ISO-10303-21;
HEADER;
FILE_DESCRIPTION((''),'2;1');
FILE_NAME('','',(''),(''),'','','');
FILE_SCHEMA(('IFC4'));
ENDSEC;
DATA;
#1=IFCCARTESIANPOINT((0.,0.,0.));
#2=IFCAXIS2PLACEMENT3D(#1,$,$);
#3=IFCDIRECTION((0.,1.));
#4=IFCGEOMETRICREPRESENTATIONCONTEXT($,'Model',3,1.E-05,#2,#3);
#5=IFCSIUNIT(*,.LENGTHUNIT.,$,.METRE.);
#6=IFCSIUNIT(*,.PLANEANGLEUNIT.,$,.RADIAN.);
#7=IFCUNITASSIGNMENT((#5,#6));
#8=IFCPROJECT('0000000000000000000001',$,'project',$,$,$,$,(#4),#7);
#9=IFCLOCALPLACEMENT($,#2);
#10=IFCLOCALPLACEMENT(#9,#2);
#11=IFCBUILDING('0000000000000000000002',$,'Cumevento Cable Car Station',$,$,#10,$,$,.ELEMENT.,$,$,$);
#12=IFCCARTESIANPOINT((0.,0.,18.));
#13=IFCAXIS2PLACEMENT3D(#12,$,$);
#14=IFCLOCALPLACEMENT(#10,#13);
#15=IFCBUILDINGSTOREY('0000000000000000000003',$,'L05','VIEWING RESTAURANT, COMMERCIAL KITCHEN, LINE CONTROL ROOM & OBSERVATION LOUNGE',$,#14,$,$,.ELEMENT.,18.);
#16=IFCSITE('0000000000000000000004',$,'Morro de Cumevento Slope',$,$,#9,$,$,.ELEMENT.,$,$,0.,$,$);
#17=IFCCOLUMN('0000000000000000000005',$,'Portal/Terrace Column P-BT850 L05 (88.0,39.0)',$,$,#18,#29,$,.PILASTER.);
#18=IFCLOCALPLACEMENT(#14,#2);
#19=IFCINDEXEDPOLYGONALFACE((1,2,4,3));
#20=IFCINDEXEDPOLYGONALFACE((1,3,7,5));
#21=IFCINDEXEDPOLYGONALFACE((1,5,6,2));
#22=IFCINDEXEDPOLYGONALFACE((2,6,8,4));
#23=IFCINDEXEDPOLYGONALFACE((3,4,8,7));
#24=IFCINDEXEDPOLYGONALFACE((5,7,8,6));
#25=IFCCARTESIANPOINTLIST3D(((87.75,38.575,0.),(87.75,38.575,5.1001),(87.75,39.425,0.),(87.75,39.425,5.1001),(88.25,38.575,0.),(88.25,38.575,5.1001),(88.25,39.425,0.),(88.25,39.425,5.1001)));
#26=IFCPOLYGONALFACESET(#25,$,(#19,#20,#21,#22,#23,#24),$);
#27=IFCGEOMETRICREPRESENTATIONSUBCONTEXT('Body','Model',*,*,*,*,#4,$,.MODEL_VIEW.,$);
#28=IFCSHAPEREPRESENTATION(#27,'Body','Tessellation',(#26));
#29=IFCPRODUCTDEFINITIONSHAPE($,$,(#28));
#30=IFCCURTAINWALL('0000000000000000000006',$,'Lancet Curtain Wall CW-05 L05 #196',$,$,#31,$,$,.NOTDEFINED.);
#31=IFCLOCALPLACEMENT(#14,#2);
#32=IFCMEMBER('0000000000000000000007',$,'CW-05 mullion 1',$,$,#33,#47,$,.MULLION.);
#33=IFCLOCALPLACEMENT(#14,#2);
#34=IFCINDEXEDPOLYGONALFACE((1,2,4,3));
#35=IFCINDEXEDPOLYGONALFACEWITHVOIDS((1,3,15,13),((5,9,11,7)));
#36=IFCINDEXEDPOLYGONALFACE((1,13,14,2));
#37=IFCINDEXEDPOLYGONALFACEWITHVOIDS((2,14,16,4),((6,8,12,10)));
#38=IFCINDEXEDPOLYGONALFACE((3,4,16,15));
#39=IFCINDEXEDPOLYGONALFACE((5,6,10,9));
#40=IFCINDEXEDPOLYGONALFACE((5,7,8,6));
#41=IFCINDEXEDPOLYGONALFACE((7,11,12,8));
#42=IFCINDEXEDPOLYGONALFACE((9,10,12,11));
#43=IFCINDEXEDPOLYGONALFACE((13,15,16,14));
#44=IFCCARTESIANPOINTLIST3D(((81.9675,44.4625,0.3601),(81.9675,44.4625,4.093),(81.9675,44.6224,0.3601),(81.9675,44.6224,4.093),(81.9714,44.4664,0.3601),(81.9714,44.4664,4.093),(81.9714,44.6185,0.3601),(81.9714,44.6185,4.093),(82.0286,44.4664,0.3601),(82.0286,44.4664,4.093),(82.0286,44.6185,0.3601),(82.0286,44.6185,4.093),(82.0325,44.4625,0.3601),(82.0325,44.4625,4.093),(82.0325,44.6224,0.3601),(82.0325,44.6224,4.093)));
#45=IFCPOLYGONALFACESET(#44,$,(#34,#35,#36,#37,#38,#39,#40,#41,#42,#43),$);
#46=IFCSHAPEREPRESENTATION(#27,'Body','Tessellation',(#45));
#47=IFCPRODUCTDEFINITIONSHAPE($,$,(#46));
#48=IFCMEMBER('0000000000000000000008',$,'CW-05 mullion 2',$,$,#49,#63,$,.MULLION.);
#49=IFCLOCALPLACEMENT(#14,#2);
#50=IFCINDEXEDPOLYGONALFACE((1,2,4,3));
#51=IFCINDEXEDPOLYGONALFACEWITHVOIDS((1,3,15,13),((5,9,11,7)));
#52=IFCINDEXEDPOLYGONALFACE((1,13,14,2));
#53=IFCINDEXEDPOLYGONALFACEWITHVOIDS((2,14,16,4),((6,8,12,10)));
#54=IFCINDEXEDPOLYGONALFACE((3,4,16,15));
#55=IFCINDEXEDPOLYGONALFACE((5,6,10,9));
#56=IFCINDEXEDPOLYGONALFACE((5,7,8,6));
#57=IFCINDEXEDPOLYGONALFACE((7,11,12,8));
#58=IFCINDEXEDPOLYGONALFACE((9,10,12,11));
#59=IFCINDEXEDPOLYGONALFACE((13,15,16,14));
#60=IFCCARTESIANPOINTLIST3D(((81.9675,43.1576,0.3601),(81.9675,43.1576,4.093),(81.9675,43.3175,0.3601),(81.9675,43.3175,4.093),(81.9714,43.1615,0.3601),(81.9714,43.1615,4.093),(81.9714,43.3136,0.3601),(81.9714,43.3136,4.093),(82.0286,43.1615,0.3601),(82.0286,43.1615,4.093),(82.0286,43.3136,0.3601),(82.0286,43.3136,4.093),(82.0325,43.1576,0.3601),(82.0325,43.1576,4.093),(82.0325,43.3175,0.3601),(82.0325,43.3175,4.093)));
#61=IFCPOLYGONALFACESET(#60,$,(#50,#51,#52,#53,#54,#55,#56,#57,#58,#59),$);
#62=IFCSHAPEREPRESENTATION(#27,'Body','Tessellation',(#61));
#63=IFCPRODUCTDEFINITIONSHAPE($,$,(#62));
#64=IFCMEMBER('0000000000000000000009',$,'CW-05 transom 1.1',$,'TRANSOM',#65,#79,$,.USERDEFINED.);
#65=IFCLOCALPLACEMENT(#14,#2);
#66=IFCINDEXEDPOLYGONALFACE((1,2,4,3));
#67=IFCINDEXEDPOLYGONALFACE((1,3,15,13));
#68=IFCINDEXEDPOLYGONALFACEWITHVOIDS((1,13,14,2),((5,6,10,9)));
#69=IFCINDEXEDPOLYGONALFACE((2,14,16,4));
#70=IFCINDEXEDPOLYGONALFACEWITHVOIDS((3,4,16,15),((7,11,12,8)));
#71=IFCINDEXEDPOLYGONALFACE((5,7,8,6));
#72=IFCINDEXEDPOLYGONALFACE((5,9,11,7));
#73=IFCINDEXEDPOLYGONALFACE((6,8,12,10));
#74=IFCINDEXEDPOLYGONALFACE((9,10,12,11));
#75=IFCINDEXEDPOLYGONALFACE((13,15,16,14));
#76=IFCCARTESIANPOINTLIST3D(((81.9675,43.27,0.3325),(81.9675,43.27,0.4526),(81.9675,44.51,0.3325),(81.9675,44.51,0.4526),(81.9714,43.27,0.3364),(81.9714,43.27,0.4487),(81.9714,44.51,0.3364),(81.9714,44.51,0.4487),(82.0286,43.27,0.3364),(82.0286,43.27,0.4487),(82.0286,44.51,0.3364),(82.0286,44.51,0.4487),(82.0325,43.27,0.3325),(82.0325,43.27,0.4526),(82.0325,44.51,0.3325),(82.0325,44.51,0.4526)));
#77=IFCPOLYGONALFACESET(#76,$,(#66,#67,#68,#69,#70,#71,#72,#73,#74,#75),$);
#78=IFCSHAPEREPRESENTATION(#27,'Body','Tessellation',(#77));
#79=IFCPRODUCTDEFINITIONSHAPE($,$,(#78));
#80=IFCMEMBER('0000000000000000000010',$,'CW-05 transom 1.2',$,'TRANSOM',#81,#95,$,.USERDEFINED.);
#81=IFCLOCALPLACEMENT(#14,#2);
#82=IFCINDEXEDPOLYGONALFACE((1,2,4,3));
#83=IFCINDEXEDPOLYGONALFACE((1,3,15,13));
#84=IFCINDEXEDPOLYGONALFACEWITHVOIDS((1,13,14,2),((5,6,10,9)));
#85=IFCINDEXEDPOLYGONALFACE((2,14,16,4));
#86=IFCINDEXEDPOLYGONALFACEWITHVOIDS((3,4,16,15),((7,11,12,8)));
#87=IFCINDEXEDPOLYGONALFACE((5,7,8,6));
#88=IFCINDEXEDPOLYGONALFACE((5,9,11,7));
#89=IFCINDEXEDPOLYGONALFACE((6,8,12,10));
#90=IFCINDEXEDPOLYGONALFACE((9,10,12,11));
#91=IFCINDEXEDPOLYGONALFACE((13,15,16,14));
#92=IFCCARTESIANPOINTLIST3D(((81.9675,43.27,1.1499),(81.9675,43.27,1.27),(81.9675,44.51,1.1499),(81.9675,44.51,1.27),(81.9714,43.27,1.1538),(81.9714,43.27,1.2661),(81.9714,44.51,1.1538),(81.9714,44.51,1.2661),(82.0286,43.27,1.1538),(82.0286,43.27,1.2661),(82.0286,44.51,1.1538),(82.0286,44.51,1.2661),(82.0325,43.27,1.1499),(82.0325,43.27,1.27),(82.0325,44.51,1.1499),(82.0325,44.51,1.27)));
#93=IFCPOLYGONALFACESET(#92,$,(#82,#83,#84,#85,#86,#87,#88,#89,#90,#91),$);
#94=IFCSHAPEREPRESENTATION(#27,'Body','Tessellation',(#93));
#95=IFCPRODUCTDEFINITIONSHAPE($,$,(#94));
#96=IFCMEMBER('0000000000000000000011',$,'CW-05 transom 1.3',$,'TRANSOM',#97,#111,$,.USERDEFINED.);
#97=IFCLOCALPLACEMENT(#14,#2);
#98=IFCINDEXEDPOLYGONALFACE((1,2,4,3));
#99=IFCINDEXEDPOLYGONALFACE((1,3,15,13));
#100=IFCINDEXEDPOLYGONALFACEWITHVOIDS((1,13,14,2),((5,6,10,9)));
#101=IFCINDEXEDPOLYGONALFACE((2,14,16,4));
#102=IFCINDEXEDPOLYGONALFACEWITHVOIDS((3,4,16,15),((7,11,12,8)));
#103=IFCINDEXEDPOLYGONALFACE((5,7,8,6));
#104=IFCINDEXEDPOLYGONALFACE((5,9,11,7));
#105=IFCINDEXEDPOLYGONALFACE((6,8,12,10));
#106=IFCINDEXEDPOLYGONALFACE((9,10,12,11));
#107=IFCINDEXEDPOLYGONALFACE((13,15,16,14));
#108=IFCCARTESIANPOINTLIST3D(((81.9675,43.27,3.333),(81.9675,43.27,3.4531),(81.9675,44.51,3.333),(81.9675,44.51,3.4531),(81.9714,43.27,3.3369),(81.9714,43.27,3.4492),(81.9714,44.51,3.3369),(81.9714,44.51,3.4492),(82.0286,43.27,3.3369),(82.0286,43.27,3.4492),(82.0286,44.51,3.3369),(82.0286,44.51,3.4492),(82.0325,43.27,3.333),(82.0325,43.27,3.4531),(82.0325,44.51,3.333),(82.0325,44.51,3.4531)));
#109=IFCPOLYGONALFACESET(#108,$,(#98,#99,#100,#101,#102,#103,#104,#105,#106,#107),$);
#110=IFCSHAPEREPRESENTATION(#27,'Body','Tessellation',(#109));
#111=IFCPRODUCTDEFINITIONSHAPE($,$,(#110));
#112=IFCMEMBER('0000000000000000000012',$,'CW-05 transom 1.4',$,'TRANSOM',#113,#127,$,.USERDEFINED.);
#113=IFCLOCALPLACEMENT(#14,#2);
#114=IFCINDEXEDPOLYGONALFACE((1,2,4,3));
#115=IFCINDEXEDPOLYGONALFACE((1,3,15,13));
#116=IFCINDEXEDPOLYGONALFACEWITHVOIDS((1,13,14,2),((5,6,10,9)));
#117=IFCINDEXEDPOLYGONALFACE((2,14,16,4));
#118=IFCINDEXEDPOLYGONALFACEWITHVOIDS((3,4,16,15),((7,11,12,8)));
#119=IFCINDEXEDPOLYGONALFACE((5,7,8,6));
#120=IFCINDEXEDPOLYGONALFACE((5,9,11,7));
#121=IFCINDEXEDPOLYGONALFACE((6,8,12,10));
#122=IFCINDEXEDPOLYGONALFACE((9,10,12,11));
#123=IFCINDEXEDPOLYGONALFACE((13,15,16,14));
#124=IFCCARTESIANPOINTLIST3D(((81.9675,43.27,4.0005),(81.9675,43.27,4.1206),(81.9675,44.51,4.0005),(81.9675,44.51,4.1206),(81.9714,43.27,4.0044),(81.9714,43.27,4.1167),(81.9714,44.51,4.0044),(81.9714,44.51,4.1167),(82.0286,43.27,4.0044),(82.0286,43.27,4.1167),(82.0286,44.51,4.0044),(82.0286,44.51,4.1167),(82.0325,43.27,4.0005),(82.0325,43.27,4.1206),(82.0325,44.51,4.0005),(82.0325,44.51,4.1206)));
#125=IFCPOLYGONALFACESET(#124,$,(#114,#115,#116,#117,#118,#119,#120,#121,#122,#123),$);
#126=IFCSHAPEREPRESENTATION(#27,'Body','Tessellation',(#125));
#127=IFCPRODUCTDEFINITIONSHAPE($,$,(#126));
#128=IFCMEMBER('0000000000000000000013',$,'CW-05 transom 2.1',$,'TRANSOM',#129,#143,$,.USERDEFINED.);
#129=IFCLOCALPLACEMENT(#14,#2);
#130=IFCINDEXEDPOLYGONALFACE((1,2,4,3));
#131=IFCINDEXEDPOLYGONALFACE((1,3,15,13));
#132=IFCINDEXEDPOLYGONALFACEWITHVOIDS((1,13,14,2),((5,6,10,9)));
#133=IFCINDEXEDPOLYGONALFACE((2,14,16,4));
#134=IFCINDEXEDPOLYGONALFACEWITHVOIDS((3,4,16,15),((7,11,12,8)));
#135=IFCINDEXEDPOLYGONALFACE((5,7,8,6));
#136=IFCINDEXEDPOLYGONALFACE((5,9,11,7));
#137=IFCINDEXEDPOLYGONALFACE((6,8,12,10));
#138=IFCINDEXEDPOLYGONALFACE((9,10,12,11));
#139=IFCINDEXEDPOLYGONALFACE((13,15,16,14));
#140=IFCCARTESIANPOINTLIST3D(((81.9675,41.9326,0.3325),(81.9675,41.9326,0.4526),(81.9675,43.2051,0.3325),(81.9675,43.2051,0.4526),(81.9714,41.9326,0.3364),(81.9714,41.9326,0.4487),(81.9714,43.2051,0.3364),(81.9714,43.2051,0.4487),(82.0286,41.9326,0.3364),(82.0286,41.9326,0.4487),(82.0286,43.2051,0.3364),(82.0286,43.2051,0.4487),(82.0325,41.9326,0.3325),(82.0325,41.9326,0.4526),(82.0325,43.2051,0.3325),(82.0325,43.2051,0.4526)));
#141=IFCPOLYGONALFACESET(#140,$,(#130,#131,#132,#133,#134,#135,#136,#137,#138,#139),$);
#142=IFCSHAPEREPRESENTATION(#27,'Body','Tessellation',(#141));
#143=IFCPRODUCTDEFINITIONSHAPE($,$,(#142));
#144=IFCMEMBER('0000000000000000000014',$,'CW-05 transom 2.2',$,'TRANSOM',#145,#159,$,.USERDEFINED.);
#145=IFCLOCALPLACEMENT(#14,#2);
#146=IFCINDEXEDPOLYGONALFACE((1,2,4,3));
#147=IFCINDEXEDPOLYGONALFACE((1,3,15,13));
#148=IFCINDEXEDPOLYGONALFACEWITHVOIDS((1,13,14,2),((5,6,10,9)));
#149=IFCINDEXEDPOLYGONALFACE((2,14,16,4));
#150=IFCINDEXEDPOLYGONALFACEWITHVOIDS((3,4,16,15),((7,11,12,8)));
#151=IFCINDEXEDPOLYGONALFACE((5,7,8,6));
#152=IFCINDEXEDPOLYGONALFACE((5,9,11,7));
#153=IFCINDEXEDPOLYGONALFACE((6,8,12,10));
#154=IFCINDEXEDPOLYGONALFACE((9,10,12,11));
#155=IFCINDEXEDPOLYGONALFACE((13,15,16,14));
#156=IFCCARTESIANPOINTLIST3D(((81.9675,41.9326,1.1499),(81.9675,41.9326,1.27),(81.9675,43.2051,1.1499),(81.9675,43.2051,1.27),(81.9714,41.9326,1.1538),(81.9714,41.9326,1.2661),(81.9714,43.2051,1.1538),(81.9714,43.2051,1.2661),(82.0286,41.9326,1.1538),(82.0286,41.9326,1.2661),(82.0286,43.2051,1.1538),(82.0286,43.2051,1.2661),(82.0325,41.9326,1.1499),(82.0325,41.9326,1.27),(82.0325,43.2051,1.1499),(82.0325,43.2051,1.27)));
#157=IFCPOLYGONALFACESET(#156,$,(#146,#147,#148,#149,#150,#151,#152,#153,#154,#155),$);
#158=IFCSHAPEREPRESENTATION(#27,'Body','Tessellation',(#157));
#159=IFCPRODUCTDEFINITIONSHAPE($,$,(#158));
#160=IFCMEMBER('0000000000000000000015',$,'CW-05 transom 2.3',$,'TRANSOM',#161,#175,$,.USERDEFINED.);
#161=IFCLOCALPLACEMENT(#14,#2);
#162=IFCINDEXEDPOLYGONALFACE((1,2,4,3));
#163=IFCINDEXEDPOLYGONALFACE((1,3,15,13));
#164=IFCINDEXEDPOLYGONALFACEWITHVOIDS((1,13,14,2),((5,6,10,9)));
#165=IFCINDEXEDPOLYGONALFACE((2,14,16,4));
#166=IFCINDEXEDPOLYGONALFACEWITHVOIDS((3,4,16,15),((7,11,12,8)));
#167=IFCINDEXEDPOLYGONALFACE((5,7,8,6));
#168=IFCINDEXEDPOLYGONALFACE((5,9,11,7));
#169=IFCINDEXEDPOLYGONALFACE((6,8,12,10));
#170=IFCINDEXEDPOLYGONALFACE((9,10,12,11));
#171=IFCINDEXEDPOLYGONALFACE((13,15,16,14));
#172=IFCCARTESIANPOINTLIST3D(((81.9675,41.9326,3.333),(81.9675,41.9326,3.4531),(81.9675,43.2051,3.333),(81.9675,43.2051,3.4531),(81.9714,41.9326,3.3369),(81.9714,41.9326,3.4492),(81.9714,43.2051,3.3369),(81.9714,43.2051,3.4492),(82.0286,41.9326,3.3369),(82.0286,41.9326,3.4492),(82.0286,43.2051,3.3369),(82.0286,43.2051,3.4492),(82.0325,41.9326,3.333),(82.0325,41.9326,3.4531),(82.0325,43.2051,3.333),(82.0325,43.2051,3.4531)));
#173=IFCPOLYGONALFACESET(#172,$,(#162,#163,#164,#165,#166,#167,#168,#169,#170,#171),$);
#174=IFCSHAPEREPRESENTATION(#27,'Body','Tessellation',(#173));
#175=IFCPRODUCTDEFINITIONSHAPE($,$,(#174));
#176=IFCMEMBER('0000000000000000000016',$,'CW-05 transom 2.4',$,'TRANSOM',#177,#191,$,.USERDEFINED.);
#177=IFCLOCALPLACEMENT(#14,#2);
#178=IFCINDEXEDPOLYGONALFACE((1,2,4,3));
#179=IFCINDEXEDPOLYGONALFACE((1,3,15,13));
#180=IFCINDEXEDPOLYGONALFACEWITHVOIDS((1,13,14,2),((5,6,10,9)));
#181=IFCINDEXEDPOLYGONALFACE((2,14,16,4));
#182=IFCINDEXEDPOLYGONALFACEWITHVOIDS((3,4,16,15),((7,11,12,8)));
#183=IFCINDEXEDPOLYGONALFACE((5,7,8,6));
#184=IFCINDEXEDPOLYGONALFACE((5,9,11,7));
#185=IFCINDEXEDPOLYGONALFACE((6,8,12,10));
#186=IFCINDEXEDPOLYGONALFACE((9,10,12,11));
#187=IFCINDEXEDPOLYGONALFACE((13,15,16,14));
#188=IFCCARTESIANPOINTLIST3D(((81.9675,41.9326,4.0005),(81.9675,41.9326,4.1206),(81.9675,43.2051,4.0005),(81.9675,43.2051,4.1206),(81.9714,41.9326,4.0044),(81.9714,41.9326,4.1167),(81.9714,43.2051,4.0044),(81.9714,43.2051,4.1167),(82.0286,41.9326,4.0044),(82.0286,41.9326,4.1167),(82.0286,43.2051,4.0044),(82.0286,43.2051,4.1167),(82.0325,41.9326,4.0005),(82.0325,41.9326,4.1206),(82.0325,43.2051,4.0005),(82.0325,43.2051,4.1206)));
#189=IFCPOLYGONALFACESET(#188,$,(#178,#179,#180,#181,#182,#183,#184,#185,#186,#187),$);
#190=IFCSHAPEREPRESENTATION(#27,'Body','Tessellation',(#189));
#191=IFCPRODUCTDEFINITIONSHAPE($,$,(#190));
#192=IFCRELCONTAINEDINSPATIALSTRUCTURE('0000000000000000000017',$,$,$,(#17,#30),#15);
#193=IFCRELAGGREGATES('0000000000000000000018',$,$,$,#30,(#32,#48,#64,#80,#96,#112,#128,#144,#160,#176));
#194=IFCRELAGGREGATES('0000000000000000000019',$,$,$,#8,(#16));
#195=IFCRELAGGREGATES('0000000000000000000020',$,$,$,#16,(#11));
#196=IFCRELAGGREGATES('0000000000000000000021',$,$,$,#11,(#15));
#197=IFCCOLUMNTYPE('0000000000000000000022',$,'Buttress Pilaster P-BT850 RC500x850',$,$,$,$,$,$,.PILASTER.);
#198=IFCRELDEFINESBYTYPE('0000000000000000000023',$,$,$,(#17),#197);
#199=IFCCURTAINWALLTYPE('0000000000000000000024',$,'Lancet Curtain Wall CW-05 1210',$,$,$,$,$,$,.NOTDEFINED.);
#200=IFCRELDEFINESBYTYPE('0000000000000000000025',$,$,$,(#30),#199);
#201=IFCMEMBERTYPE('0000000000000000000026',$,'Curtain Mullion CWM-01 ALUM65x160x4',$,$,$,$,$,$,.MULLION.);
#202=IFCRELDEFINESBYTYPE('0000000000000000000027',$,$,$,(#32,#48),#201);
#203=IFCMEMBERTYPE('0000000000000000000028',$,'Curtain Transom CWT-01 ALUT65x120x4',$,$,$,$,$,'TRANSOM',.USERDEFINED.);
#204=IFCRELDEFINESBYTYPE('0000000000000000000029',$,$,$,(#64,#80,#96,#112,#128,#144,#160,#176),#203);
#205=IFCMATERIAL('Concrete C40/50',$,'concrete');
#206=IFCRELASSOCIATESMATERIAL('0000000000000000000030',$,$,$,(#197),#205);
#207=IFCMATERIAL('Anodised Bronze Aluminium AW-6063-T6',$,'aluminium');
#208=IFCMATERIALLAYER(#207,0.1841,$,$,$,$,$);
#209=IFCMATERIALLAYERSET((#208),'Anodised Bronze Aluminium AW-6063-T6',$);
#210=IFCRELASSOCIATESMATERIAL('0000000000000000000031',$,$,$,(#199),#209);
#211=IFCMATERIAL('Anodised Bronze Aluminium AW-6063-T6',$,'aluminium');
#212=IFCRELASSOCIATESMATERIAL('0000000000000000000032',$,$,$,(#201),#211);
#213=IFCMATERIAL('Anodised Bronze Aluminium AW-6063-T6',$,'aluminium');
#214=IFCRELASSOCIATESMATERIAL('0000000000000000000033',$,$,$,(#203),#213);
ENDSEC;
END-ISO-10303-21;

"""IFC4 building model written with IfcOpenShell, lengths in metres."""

from ifc_helpers import new_model, si_unit, direction, frame, origin, origin_2d, place, context, subcontext, project, spatial, rectangle, hollow_rectangle, extrude, material, layer, layer_set, material_profile, profile_set, type_object, element, aggregate, save


model = new_model("IFC4")

# Units and contexts
model_context = context("Model", 3, precision=1e-05, world=origin(), true_north=direction((0.0, 1.0)))
body_context = subcontext(model_context, "Body", "Model", "MODEL_VIEW")
ifc_project = project(units=[si_unit("LENGTHUNIT", "METRE"), si_unit("PLANEANGLEUNIT", "RADIAN")], contexts=[model_context])

# Site, building, storey
site_placement = place(None, origin())
site = spatial("IfcSite", under=ifc_project, at=site_placement, Name="Morro de Cumevento Slope", CompositionType="ELEMENT", RefElevation=0.0)
building_placement = place(site_placement, origin())
building = spatial("IfcBuilding", under=site, at=building_placement, Name="Cumevento Cable Car Station", CompositionType="ELEMENT")
storey_placement = place(building_placement, frame((0.0, 0.0, 18.0)))
storey = spatial("IfcBuildingStorey", under=building, at=storey_placement, Name="L05", Description="VIEWING RESTAURANT, COMMERCIAL KITCHEN, LINE CONTROL ROOM & OBSERVATION LOUNGE", CompositionType="ELEMENT", Elevation=18.0)

# Column
ifc_material_1 = material(Name="Concrete C40/50", Category="concrete")
ifc_material_profile_1 = material_profile(ifc_material_1, rectangle(XDim=0.5, YDim=0.8501, at=origin_2d()), Name="RC500x850")
ifc_profile_set_1 = profile_set([ifc_material_profile_1], Name="Concrete C40/50")
column_type = type_object("IfcColumnType", Name="Buttress Pilaster P-BT850 RC500x850", PredefinedType="PILASTER", material=ifc_profile_set_1)
column_placement = place(storey_placement, frame((88.0, 39.0, 0.0), z_axis=(0.0, 0.0, 1.0), x_axis=(1.0, 0.0, 0.0)))
element("IfcColumn", 1, at=column_placement, inside=storey, type_object=column_type, Name="Portal/Terrace Column P-BT850 L05 (88.0,39.0)", PredefinedType="PILASTER", context=body_context, shape_type="SweptSolid", body=[
    extrude(rectangle(XDim=0.5, YDim=0.8501, at=origin_2d()), origin(), (0.0, 0.0, 1.0), 5.1001),
])

# Curtain wall, members
ifc_material_2 = material(Name="Anodised Bronze Aluminium AW-6063-T6", Category="aluminium")
ifc_layer_1 = layer(ifc_material_2, 0.1841)
ifc_layer_set_1 = layer_set([ifc_layer_1], Name="Anodised Bronze Aluminium AW-6063-T6")
curtain_wall_type = type_object("IfcCurtainWallType", Name="Lancet Curtain Wall CW-05 1210", PredefinedType="NOTDEFINED", material=ifc_layer_set_1)
curtain_wall_placement = place(storey_placement, origin())
curtain_wall = element("IfcCurtainWall", 2, at=curtain_wall_placement, inside=storey, type_object=curtain_wall_type, Name="Lancet Curtain Wall CW-05 L05 #196", PredefinedType="NOTDEFINED")
ifc_material_3 = material(Name="Anodised Bronze Aluminium AW-6063-T6", Category="aluminium")
ifc_material_profile_2 = material_profile(ifc_material_3, hollow_rectangle(XDim=0.0649, YDim=0.1599, WallThickness=0.0039, at=origin_2d()), Name="ALUM65x160x4")
ifc_profile_set_2 = profile_set([ifc_material_profile_2], Name="Anodised Bronze Aluminium AW-6063-T6")
member_type_1 = type_object("IfcMemberType", Name="Curtain Mullion CWM-01 ALUM65x160x4", PredefinedType="MULLION", material=ifc_profile_set_2)
member_1_placement = place(storey_placement, frame((82.0, 44.5425, 0.3601), z_axis=(0.0, 0.0, 1.0), x_axis=(1.0, 0.0, 0.0)))
member_1 = element("IfcMember", 3, at=member_1_placement, type_object=member_type_1, Name="CW-05 mullion 1", PredefinedType="MULLION", context=body_context, shape_type="SweptSolid", body=[
    extrude(hollow_rectangle(XDim=0.0649, YDim=0.1599, WallThickness=0.0039, at=origin_2d()), origin(), (0.0, 0.0, 1.0), 3.7329),
])
member_2_placement = place(storey_placement, frame((82.0, 43.2375, 0.3601), z_axis=(0.0, 0.0, 1.0), x_axis=(1.0, 0.0, 0.0)))
member_2 = element("IfcMember", 4, at=member_2_placement, type_object=member_type_1, Name="CW-05 mullion 2", PredefinedType="MULLION", context=body_context, shape_type="SweptSolid", body=[
    extrude(hollow_rectangle(XDim=0.0649, YDim=0.1599, WallThickness=0.0039, at=origin_2d()), origin(), (0.0, 0.0, 1.0), 3.7329),
])
ifc_material_4 = material(Name="Anodised Bronze Aluminium AW-6063-T6", Category="aluminium")
ifc_material_profile_3 = material_profile(ifc_material_4, hollow_rectangle(XDim=0.0649, YDim=0.1201, WallThickness=0.0039, at=origin_2d()), Name="ALUT65x120x4")
ifc_profile_set_3 = profile_set([ifc_material_profile_3], Name="Anodised Bronze Aluminium AW-6063-T6")
member_type_2 = type_object("IfcMemberType", Name="Curtain Transom CWT-01 ALUT65x120x4", ElementType="TRANSOM", PredefinedType="USERDEFINED", material=ifc_profile_set_3)
member_3_placement = place(storey_placement, frame((82.0, 44.51, 0.3926), z_axis=(0.0, -1.0, 0.0), x_axis=(1.0, 0.0, 0.0)))
member_3 = element("IfcMember", 5, at=member_3_placement, type_object=member_type_2, Name="CW-05 transom 1.1", ObjectType="TRANSOM", PredefinedType="USERDEFINED", context=body_context, shape_type="SweptSolid", body=[
    extrude(hollow_rectangle(XDim=0.0649, YDim=0.1201, WallThickness=0.0039, at=origin_2d()), origin(), (0.0, 0.0, 1.0), 1.24),
])
member_4_placement = place(storey_placement, frame((82.0, 44.51, 1.21), z_axis=(0.0, -1.0, 0.0), x_axis=(1.0, 0.0, 0.0)))
member_4 = element("IfcMember", 6, at=member_4_placement, type_object=member_type_2, Name="CW-05 transom 1.2", ObjectType="TRANSOM", PredefinedType="USERDEFINED", context=body_context, shape_type="SweptSolid", body=[
    extrude(hollow_rectangle(XDim=0.0649, YDim=0.1201, WallThickness=0.0039, at=origin_2d()), origin(), (0.0, 0.0, 1.0), 1.24),
])
member_5_placement = place(storey_placement, frame((82.0, 44.51, 3.3931), z_axis=(0.0, -1.0, 0.0), x_axis=(1.0, 0.0, 0.0)))
member_5 = element("IfcMember", 7, at=member_5_placement, type_object=member_type_2, Name="CW-05 transom 1.3", ObjectType="TRANSOM", PredefinedType="USERDEFINED", context=body_context, shape_type="SweptSolid", body=[
    extrude(hollow_rectangle(XDim=0.0649, YDim=0.1201, WallThickness=0.0039, at=origin_2d()), origin(), (0.0, 0.0, 1.0), 1.24),
])
member_6_placement = place(storey_placement, frame((82.0, 44.51, 4.0605), z_axis=(0.0, -1.0, 0.0), x_axis=(1.0, 0.0, 0.0)))
member_6 = element("IfcMember", 8, at=member_6_placement, type_object=member_type_2, Name="CW-05 transom 1.4", ObjectType="TRANSOM", PredefinedType="USERDEFINED", context=body_context, shape_type="SweptSolid", body=[
    extrude(hollow_rectangle(XDim=0.0649, YDim=0.1201, WallThickness=0.0039, at=origin_2d()), origin(), (0.0, 0.0, 1.0), 1.24),
])
member_7_placement = place(storey_placement, frame((82.0, 43.2051, 0.3926), z_axis=(0.0, -1.0, 0.0), x_axis=(1.0, 0.0, 0.0)))
member_7 = element("IfcMember", 9, at=member_7_placement, type_object=member_type_2, Name="CW-05 transom 2.1", ObjectType="TRANSOM", PredefinedType="USERDEFINED", context=body_context, shape_type="SweptSolid", body=[
    extrude(hollow_rectangle(XDim=0.0649, YDim=0.1201, WallThickness=0.0039, at=origin_2d()), origin(), (0.0, 0.0, 1.0), 1.2725),
])
member_8_placement = place(storey_placement, frame((82.0, 43.2051, 1.21), z_axis=(0.0, -1.0, 0.0), x_axis=(1.0, 0.0, 0.0)))
member_8 = element("IfcMember", 10, at=member_8_placement, type_object=member_type_2, Name="CW-05 transom 2.2", ObjectType="TRANSOM", PredefinedType="USERDEFINED", context=body_context, shape_type="SweptSolid", body=[
    extrude(hollow_rectangle(XDim=0.0649, YDim=0.1201, WallThickness=0.0039, at=origin_2d()), origin(), (0.0, 0.0, 1.0), 1.2725),
])
member_9_placement = place(storey_placement, frame((82.0, 43.2051, 3.3931), z_axis=(0.0, -1.0, 0.0), x_axis=(1.0, 0.0, 0.0)))
member_9 = element("IfcMember", 11, at=member_9_placement, type_object=member_type_2, Name="CW-05 transom 2.3", ObjectType="TRANSOM", PredefinedType="USERDEFINED", context=body_context, shape_type="SweptSolid", body=[
    extrude(hollow_rectangle(XDim=0.0649, YDim=0.1201, WallThickness=0.0039, at=origin_2d()), origin(), (0.0, 0.0, 1.0), 1.2725),
])
member_10_placement = place(storey_placement, frame((82.0, 43.2051, 4.0605), z_axis=(0.0, -1.0, 0.0), x_axis=(1.0, 0.0, 0.0)))
member_10 = element("IfcMember", 12, at=member_10_placement, type_object=member_type_2, Name="CW-05 transom 2.4", ObjectType="TRANSOM", PredefinedType="USERDEFINED", context=body_context, shape_type="SweptSolid", body=[
    extrude(hollow_rectangle(XDim=0.0649, YDim=0.1201, WallThickness=0.0039, at=origin_2d()), origin(), (0.0, 0.0, 1.0), 1.2725),
])
aggregate(curtain_wall, [member_1, member_2, member_3, member_4, member_5, member_6, member_7, member_8, member_9, member_10])

save(model, "model.ifc")
